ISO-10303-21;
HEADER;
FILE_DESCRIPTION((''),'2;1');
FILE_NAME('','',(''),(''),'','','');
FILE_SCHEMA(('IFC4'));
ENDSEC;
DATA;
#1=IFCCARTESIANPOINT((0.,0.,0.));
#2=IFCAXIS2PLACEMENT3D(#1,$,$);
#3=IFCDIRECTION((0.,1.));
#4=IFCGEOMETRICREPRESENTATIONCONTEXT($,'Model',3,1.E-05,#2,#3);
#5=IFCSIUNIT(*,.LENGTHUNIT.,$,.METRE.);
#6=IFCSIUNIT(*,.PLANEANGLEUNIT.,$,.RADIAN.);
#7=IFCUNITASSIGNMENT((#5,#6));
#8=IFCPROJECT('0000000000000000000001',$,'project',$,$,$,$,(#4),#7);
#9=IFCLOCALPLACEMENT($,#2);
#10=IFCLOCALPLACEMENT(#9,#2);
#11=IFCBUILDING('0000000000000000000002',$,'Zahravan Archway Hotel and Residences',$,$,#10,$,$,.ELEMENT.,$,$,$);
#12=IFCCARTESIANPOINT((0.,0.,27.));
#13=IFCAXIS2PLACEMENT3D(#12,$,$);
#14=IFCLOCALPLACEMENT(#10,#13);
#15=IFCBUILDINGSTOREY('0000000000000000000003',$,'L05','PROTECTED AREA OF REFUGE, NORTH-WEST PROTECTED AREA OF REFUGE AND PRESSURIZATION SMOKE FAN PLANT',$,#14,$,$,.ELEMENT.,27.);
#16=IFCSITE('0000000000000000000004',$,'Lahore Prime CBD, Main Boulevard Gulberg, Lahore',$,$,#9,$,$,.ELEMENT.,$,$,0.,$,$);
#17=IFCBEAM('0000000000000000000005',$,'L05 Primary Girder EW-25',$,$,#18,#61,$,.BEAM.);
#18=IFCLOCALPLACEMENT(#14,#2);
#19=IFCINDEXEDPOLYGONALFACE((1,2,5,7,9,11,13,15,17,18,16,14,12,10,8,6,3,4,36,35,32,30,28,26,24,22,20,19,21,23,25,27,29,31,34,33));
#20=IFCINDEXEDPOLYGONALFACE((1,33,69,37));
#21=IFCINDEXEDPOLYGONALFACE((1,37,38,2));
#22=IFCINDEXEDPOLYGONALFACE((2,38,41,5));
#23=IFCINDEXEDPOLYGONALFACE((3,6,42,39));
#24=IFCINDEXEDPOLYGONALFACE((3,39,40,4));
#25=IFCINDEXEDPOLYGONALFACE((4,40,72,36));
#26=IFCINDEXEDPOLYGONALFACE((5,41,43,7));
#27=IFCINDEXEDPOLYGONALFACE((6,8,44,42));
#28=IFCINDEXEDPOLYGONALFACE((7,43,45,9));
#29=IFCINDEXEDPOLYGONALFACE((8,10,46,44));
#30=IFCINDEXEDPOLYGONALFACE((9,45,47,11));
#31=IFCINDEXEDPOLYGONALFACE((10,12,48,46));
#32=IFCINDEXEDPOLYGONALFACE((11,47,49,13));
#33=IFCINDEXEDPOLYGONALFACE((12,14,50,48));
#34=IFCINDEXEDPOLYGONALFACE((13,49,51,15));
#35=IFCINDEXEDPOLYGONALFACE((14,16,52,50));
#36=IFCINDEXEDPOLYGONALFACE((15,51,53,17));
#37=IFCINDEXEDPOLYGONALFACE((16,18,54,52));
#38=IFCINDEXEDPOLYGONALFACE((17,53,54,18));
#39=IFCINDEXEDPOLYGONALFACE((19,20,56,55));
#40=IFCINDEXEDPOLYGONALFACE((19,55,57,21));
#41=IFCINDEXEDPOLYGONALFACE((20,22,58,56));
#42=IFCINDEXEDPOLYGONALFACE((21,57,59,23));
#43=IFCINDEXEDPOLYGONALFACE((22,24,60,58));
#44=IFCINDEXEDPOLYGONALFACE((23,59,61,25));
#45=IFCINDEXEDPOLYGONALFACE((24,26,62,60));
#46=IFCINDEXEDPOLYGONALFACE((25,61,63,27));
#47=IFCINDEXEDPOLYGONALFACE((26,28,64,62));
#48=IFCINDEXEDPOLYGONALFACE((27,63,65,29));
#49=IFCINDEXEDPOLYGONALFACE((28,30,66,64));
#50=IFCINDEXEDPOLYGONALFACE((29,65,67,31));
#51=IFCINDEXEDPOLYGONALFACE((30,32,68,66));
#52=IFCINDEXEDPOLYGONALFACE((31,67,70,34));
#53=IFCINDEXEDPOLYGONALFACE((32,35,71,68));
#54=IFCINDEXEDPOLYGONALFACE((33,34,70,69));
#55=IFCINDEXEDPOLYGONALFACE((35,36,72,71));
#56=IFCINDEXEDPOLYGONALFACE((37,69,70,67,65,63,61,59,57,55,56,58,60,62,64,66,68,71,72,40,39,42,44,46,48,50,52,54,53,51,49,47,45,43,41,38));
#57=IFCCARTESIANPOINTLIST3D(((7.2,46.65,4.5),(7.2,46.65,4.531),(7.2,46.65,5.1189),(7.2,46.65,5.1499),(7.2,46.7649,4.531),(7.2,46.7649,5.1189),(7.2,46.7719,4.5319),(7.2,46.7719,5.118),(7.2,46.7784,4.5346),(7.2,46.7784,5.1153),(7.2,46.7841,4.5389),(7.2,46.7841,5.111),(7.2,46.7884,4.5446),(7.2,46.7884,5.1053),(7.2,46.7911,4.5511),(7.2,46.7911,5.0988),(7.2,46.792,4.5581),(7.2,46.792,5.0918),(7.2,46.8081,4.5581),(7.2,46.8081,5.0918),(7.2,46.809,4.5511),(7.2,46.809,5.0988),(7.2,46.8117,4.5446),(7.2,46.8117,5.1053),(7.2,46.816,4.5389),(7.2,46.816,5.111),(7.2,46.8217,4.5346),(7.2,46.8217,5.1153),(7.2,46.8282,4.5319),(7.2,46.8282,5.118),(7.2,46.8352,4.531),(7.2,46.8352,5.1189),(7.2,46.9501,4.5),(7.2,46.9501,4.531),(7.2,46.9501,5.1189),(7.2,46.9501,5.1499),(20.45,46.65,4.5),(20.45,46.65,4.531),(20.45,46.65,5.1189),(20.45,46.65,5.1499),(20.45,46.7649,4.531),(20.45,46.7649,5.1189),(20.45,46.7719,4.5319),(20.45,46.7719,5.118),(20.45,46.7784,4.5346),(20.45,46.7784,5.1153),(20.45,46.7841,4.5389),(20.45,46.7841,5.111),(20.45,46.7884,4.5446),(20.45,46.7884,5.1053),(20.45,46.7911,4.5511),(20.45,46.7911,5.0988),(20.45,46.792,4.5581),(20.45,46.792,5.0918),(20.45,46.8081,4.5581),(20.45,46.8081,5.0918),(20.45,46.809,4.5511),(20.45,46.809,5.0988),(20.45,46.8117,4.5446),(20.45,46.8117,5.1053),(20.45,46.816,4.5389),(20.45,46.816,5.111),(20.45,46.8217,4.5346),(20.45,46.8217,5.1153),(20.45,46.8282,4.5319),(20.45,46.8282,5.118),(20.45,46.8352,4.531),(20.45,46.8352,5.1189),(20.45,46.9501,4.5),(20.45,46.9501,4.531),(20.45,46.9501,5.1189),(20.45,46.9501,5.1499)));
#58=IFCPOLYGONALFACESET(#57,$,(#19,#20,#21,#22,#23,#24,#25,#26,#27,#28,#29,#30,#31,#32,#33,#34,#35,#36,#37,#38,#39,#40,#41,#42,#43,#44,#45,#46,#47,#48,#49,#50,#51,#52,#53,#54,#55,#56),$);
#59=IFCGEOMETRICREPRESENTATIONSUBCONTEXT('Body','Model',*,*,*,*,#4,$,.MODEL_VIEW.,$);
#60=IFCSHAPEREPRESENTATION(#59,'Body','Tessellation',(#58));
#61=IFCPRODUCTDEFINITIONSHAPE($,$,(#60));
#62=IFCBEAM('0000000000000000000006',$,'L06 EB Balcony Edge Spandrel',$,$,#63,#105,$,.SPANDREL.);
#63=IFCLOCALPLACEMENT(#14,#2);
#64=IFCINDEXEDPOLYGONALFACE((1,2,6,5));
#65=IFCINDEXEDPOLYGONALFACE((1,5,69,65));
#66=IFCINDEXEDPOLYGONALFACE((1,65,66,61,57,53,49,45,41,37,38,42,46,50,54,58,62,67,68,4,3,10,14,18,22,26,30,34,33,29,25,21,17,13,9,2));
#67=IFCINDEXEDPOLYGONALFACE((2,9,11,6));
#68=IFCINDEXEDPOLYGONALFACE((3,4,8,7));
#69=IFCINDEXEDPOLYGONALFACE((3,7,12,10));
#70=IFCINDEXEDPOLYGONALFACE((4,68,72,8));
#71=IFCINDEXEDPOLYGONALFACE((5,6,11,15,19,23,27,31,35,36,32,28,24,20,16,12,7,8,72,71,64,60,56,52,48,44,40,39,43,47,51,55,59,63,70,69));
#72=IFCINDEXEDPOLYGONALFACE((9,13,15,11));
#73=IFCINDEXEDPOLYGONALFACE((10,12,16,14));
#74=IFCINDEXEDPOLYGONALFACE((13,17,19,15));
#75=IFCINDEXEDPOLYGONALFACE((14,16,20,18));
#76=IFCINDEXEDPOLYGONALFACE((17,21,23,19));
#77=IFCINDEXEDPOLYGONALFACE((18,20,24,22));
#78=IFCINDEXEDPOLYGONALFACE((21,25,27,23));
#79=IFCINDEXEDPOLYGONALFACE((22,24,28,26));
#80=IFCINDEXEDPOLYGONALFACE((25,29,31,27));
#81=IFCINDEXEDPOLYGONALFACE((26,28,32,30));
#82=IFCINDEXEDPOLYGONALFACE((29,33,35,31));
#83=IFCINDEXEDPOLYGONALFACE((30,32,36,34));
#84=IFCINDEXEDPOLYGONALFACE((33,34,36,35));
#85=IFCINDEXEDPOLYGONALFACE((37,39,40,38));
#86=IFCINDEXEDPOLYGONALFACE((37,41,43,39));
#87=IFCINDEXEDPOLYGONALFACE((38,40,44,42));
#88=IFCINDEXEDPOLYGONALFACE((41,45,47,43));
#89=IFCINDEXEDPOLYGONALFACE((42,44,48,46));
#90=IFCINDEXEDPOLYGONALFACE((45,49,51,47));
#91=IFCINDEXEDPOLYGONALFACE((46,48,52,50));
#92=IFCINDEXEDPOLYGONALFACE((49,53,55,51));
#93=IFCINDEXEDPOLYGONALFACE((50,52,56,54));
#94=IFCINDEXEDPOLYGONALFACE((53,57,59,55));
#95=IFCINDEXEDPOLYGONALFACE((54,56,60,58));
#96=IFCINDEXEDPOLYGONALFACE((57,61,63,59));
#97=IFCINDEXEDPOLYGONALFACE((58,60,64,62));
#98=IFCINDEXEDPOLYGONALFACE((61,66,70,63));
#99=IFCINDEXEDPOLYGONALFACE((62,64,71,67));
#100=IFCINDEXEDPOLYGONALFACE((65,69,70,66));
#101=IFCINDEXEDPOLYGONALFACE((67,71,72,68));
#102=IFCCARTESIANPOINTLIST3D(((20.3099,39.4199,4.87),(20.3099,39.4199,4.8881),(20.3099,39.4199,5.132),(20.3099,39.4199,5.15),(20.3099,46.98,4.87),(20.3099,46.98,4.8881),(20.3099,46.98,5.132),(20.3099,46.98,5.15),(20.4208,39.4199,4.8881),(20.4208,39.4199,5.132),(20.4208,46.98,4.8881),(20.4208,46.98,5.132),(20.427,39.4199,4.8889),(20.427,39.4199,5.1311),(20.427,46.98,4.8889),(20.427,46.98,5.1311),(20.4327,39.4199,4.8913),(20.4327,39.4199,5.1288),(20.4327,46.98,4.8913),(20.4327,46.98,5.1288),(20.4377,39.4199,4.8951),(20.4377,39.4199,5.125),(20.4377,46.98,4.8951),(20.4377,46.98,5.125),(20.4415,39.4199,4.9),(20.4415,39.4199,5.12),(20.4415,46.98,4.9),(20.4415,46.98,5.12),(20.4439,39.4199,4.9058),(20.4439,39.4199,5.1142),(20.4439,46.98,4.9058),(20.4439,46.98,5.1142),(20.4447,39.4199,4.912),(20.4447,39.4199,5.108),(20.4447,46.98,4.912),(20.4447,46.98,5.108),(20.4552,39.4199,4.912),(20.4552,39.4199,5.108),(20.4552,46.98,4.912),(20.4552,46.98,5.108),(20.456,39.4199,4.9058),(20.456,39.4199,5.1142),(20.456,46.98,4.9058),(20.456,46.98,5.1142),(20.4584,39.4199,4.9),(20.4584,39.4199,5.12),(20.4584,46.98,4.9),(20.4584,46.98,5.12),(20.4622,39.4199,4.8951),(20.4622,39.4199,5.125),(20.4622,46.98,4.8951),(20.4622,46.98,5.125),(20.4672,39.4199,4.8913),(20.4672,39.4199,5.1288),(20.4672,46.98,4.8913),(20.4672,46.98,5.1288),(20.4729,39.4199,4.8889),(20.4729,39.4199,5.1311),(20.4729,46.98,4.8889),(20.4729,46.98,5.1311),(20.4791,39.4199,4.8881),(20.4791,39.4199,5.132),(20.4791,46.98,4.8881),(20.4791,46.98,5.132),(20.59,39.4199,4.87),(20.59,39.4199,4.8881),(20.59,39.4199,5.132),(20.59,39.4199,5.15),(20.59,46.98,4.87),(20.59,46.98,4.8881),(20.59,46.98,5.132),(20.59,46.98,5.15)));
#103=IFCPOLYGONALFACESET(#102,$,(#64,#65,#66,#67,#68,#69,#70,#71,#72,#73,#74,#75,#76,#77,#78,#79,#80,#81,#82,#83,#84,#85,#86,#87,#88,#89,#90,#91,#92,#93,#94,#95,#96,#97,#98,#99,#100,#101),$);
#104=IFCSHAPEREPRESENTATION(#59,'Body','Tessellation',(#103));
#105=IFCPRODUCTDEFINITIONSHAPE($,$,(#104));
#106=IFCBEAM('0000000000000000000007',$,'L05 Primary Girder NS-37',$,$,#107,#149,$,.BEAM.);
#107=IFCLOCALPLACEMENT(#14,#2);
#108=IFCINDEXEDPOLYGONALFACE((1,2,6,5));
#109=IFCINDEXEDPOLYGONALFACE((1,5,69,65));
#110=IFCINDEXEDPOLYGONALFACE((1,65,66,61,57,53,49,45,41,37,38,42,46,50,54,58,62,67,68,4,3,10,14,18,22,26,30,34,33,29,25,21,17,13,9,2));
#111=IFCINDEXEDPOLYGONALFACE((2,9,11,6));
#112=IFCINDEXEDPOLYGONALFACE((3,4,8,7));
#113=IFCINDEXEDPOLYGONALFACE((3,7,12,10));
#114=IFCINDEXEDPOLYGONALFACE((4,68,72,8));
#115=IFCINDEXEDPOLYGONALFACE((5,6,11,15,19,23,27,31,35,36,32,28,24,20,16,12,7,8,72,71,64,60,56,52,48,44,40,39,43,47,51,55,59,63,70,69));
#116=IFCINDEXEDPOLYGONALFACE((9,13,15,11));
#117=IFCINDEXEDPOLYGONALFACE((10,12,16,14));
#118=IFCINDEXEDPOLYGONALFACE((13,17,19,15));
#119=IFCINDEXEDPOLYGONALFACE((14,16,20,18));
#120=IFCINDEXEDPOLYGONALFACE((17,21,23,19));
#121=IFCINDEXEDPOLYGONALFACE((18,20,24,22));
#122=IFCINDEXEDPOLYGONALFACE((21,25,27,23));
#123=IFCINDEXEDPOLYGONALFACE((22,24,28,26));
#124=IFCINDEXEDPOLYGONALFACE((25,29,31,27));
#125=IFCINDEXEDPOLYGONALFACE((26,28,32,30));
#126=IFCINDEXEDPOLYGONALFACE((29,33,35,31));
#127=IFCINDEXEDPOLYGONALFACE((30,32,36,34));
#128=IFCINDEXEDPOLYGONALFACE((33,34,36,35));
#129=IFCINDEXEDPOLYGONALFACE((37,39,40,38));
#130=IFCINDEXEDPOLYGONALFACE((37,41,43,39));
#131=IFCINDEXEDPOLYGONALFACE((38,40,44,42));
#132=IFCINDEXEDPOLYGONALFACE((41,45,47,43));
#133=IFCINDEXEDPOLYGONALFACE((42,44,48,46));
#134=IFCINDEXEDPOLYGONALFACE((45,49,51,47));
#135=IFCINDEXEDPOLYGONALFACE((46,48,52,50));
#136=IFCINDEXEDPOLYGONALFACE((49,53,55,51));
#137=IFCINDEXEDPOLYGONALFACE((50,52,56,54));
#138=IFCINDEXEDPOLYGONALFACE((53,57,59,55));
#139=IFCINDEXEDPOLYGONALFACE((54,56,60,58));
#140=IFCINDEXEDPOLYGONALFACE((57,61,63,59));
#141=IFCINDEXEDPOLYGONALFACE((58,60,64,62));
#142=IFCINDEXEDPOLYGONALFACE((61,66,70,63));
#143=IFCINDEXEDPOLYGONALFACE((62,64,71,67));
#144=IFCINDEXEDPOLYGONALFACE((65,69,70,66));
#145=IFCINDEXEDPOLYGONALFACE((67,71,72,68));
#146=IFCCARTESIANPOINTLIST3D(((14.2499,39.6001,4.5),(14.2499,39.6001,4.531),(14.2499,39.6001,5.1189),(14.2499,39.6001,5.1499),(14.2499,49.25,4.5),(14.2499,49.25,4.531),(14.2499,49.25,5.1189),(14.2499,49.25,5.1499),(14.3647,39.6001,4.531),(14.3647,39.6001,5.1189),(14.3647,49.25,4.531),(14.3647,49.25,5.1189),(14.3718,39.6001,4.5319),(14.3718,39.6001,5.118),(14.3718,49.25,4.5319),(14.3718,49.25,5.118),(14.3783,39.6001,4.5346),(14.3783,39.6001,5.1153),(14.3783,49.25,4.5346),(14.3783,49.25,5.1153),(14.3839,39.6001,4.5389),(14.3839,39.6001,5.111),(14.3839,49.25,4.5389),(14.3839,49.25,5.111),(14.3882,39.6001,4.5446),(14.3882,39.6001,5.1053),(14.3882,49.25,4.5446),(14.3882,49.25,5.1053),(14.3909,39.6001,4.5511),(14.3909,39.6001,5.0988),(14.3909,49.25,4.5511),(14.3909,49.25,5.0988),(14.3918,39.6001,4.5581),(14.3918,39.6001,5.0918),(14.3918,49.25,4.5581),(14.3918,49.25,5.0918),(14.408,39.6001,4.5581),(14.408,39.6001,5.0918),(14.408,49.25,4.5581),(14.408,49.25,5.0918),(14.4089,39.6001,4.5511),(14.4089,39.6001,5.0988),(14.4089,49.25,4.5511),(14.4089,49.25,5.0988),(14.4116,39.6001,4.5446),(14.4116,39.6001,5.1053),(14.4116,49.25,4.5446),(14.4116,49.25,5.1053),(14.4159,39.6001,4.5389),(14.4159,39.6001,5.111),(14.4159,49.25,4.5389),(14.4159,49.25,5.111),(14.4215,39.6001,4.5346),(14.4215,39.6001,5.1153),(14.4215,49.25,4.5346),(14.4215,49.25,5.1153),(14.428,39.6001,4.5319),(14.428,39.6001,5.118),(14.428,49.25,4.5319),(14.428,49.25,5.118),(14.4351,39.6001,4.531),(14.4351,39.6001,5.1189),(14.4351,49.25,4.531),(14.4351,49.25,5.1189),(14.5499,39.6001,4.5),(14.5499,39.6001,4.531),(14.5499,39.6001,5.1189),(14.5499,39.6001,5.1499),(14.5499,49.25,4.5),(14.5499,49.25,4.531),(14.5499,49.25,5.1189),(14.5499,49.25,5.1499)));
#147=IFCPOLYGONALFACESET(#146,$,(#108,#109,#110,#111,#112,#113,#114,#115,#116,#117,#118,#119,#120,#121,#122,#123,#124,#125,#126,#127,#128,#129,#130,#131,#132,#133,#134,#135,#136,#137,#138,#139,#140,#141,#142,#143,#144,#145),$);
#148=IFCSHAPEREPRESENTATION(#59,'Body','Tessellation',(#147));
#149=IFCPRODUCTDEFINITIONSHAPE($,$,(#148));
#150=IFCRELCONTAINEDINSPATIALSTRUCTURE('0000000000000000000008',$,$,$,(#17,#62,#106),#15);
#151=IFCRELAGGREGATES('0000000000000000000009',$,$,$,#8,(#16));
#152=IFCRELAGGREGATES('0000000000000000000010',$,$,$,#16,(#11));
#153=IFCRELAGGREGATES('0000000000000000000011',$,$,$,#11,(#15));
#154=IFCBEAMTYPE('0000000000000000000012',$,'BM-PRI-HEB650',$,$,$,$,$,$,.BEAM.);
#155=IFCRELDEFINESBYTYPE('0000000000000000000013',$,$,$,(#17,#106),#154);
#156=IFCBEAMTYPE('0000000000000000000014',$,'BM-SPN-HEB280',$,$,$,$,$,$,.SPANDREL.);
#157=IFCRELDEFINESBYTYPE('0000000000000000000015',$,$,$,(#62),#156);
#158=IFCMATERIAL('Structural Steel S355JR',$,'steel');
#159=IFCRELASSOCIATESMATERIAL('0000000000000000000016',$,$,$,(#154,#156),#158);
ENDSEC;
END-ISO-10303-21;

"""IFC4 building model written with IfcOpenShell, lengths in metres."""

from ifc_helpers import new_model, si_unit, direction, frame, origin, origin_2d, place, context, subcontext, project, spatial, i_section, extrude, source, transform, mapped, material, material_profile, profile_set, type_object, type_shapes, element, save


model = new_model("IFC4")

# Units and contexts
model_context = context("Model", 3, precision=1e-05, world=origin(), true_north=direction((0.0, 1.0)))
body_context = subcontext(model_context, "Body", "Model", "MODEL_VIEW")
ifc_project = project(units=[si_unit("LENGTHUNIT", "METRE"), si_unit("PLANEANGLEUNIT", "RADIAN")], contexts=[model_context])

# Site, building, storey
site_placement = place(None, origin())
site = spatial("IfcSite", under=ifc_project, at=site_placement, Name="Lahore Prime CBD, Main Boulevard Gulberg, Lahore", CompositionType="ELEMENT", RefElevation=0.0)
building_placement = place(site_placement, origin())
building = spatial("IfcBuilding", under=site, at=building_placement, Name="Zahravan Archway Hotel and Residences", CompositionType="ELEMENT")
storey_placement = place(building_placement, frame((0.0, 0.0, 27.0)))
storey = spatial("IfcBuildingStorey", under=building, at=storey_placement, Name="L05", Description="PROTECTED AREA OF REFUGE, NORTH-WEST PROTECTED AREA OF REFUGE AND PRESSURIZATION SMOKE FAN PLANT", CompositionType="ELEMENT", Elevation=27.0)

# Beams
ifc_material_1 = material(Name="Structural Steel S355JR", Category="steel")
ifc_material_profile_1 = material_profile(ifc_material_1, i_section(OverallWidth=0.3, OverallDepth=0.6499, WebThickness=0.0161, FlangeThickness=0.031, FilletRadius=0.0271, at=origin_2d()), Name="HEB 650", Category="steel")
ifc_profile_set_1 = profile_set([ifc_material_profile_1], Name="Structural Steel S355JR")
beam_type_1 = type_object("IfcBeamType", Name="BM-PRI-HEB650", PredefinedType="BEAM", material=ifc_profile_set_1)
shared_shape_1 = source(origin(), body_context, "Body", "SweptSolid", [
    extrude(i_section(OverallWidth=0.3, OverallDepth=0.6499, WebThickness=0.0161, FlangeThickness=0.031, FilletRadius=0.0271, at=origin_2d()), origin(), (0.0, 0.0, 1.0), 13.25),
])
beam_1_placement = place(storey_placement, frame((7.2, 46.8, 4.825), z_axis=(1.0, 0.0, 0.0), x_axis=(0.0, 1.0, 0.0)))
element("IfcBeam", 1, at=beam_1_placement, inside=storey, type_object=beam_type_1, Name="L05 Primary Girder EW-25", PredefinedType="BEAM", context=body_context, shape_type="MappedRepresentation", body=[
    mapped(shared_shape_1, transform((0.0, 0.0, 0.0), scale=1.0)),
])
ifc_material_profile_2 = material_profile(ifc_material_1, i_section(OverallWidth=0.28, OverallDepth=0.28, WebThickness=0.0105, FlangeThickness=0.0181, FilletRadius=0.0239, at=origin_2d()), Name="HEB 280", Category="steel")
ifc_profile_set_2 = profile_set([ifc_material_profile_2], Name="Structural Steel S355JR")
beam_type_2 = type_object("IfcBeamType", Name="BM-SPN-HEB280", PredefinedType="SPANDREL", material=ifc_profile_set_2)
shared_shape_2 = source(origin(), body_context, "Body", "SweptSolid", [
    extrude(i_section(OverallWidth=0.28, OverallDepth=0.28, WebThickness=0.0105, FlangeThickness=0.0181, FilletRadius=0.0239, at=origin_2d()), origin(), (0.0, 0.0, 1.0), 7.5601),
])
type_shapes(beam_type_2, [shared_shape_2])
beam_2_placement = place(storey_placement, frame((20.45, 39.4199, 5.01), z_axis=(0.0, 1.0, 0.0), x_axis=(-1.0, 0.0, 0.0)))
element("IfcBeam", 2, at=beam_2_placement, inside=storey, type_object=beam_type_2, Name="L06 EB Balcony Edge Spandrel", PredefinedType="SPANDREL", context=body_context, shape_type="MappedRepresentation", body=[
    mapped(shared_shape_2, transform((0.0, 0.0, 0.0), scale=1.0)),
])
shared_shape_3 = source(origin(), body_context, "Body", "SweptSolid", [
    extrude(i_section(OverallWidth=0.3, OverallDepth=0.6499, WebThickness=0.0161, FlangeThickness=0.031, FilletRadius=0.0271, at=origin_2d()), origin(), (0.0, 0.0, 1.0), 9.6499),
])
beam_3_placement = place(storey_placement, frame((14.3999, 39.6001, 4.825), z_axis=(0.0, 1.0, 0.0), x_axis=(-1.0, 0.0, 0.0)))
element("IfcBeam", 3, at=beam_3_placement, inside=storey, type_object=beam_type_1, Name="L05 Primary Girder NS-37", PredefinedType="BEAM", context=body_context, shape_type="MappedRepresentation", body=[
    mapped(shared_shape_3, transform((0.0, 0.0, 0.0), scale=1.0)),
])

save(model, "model.ifc")
